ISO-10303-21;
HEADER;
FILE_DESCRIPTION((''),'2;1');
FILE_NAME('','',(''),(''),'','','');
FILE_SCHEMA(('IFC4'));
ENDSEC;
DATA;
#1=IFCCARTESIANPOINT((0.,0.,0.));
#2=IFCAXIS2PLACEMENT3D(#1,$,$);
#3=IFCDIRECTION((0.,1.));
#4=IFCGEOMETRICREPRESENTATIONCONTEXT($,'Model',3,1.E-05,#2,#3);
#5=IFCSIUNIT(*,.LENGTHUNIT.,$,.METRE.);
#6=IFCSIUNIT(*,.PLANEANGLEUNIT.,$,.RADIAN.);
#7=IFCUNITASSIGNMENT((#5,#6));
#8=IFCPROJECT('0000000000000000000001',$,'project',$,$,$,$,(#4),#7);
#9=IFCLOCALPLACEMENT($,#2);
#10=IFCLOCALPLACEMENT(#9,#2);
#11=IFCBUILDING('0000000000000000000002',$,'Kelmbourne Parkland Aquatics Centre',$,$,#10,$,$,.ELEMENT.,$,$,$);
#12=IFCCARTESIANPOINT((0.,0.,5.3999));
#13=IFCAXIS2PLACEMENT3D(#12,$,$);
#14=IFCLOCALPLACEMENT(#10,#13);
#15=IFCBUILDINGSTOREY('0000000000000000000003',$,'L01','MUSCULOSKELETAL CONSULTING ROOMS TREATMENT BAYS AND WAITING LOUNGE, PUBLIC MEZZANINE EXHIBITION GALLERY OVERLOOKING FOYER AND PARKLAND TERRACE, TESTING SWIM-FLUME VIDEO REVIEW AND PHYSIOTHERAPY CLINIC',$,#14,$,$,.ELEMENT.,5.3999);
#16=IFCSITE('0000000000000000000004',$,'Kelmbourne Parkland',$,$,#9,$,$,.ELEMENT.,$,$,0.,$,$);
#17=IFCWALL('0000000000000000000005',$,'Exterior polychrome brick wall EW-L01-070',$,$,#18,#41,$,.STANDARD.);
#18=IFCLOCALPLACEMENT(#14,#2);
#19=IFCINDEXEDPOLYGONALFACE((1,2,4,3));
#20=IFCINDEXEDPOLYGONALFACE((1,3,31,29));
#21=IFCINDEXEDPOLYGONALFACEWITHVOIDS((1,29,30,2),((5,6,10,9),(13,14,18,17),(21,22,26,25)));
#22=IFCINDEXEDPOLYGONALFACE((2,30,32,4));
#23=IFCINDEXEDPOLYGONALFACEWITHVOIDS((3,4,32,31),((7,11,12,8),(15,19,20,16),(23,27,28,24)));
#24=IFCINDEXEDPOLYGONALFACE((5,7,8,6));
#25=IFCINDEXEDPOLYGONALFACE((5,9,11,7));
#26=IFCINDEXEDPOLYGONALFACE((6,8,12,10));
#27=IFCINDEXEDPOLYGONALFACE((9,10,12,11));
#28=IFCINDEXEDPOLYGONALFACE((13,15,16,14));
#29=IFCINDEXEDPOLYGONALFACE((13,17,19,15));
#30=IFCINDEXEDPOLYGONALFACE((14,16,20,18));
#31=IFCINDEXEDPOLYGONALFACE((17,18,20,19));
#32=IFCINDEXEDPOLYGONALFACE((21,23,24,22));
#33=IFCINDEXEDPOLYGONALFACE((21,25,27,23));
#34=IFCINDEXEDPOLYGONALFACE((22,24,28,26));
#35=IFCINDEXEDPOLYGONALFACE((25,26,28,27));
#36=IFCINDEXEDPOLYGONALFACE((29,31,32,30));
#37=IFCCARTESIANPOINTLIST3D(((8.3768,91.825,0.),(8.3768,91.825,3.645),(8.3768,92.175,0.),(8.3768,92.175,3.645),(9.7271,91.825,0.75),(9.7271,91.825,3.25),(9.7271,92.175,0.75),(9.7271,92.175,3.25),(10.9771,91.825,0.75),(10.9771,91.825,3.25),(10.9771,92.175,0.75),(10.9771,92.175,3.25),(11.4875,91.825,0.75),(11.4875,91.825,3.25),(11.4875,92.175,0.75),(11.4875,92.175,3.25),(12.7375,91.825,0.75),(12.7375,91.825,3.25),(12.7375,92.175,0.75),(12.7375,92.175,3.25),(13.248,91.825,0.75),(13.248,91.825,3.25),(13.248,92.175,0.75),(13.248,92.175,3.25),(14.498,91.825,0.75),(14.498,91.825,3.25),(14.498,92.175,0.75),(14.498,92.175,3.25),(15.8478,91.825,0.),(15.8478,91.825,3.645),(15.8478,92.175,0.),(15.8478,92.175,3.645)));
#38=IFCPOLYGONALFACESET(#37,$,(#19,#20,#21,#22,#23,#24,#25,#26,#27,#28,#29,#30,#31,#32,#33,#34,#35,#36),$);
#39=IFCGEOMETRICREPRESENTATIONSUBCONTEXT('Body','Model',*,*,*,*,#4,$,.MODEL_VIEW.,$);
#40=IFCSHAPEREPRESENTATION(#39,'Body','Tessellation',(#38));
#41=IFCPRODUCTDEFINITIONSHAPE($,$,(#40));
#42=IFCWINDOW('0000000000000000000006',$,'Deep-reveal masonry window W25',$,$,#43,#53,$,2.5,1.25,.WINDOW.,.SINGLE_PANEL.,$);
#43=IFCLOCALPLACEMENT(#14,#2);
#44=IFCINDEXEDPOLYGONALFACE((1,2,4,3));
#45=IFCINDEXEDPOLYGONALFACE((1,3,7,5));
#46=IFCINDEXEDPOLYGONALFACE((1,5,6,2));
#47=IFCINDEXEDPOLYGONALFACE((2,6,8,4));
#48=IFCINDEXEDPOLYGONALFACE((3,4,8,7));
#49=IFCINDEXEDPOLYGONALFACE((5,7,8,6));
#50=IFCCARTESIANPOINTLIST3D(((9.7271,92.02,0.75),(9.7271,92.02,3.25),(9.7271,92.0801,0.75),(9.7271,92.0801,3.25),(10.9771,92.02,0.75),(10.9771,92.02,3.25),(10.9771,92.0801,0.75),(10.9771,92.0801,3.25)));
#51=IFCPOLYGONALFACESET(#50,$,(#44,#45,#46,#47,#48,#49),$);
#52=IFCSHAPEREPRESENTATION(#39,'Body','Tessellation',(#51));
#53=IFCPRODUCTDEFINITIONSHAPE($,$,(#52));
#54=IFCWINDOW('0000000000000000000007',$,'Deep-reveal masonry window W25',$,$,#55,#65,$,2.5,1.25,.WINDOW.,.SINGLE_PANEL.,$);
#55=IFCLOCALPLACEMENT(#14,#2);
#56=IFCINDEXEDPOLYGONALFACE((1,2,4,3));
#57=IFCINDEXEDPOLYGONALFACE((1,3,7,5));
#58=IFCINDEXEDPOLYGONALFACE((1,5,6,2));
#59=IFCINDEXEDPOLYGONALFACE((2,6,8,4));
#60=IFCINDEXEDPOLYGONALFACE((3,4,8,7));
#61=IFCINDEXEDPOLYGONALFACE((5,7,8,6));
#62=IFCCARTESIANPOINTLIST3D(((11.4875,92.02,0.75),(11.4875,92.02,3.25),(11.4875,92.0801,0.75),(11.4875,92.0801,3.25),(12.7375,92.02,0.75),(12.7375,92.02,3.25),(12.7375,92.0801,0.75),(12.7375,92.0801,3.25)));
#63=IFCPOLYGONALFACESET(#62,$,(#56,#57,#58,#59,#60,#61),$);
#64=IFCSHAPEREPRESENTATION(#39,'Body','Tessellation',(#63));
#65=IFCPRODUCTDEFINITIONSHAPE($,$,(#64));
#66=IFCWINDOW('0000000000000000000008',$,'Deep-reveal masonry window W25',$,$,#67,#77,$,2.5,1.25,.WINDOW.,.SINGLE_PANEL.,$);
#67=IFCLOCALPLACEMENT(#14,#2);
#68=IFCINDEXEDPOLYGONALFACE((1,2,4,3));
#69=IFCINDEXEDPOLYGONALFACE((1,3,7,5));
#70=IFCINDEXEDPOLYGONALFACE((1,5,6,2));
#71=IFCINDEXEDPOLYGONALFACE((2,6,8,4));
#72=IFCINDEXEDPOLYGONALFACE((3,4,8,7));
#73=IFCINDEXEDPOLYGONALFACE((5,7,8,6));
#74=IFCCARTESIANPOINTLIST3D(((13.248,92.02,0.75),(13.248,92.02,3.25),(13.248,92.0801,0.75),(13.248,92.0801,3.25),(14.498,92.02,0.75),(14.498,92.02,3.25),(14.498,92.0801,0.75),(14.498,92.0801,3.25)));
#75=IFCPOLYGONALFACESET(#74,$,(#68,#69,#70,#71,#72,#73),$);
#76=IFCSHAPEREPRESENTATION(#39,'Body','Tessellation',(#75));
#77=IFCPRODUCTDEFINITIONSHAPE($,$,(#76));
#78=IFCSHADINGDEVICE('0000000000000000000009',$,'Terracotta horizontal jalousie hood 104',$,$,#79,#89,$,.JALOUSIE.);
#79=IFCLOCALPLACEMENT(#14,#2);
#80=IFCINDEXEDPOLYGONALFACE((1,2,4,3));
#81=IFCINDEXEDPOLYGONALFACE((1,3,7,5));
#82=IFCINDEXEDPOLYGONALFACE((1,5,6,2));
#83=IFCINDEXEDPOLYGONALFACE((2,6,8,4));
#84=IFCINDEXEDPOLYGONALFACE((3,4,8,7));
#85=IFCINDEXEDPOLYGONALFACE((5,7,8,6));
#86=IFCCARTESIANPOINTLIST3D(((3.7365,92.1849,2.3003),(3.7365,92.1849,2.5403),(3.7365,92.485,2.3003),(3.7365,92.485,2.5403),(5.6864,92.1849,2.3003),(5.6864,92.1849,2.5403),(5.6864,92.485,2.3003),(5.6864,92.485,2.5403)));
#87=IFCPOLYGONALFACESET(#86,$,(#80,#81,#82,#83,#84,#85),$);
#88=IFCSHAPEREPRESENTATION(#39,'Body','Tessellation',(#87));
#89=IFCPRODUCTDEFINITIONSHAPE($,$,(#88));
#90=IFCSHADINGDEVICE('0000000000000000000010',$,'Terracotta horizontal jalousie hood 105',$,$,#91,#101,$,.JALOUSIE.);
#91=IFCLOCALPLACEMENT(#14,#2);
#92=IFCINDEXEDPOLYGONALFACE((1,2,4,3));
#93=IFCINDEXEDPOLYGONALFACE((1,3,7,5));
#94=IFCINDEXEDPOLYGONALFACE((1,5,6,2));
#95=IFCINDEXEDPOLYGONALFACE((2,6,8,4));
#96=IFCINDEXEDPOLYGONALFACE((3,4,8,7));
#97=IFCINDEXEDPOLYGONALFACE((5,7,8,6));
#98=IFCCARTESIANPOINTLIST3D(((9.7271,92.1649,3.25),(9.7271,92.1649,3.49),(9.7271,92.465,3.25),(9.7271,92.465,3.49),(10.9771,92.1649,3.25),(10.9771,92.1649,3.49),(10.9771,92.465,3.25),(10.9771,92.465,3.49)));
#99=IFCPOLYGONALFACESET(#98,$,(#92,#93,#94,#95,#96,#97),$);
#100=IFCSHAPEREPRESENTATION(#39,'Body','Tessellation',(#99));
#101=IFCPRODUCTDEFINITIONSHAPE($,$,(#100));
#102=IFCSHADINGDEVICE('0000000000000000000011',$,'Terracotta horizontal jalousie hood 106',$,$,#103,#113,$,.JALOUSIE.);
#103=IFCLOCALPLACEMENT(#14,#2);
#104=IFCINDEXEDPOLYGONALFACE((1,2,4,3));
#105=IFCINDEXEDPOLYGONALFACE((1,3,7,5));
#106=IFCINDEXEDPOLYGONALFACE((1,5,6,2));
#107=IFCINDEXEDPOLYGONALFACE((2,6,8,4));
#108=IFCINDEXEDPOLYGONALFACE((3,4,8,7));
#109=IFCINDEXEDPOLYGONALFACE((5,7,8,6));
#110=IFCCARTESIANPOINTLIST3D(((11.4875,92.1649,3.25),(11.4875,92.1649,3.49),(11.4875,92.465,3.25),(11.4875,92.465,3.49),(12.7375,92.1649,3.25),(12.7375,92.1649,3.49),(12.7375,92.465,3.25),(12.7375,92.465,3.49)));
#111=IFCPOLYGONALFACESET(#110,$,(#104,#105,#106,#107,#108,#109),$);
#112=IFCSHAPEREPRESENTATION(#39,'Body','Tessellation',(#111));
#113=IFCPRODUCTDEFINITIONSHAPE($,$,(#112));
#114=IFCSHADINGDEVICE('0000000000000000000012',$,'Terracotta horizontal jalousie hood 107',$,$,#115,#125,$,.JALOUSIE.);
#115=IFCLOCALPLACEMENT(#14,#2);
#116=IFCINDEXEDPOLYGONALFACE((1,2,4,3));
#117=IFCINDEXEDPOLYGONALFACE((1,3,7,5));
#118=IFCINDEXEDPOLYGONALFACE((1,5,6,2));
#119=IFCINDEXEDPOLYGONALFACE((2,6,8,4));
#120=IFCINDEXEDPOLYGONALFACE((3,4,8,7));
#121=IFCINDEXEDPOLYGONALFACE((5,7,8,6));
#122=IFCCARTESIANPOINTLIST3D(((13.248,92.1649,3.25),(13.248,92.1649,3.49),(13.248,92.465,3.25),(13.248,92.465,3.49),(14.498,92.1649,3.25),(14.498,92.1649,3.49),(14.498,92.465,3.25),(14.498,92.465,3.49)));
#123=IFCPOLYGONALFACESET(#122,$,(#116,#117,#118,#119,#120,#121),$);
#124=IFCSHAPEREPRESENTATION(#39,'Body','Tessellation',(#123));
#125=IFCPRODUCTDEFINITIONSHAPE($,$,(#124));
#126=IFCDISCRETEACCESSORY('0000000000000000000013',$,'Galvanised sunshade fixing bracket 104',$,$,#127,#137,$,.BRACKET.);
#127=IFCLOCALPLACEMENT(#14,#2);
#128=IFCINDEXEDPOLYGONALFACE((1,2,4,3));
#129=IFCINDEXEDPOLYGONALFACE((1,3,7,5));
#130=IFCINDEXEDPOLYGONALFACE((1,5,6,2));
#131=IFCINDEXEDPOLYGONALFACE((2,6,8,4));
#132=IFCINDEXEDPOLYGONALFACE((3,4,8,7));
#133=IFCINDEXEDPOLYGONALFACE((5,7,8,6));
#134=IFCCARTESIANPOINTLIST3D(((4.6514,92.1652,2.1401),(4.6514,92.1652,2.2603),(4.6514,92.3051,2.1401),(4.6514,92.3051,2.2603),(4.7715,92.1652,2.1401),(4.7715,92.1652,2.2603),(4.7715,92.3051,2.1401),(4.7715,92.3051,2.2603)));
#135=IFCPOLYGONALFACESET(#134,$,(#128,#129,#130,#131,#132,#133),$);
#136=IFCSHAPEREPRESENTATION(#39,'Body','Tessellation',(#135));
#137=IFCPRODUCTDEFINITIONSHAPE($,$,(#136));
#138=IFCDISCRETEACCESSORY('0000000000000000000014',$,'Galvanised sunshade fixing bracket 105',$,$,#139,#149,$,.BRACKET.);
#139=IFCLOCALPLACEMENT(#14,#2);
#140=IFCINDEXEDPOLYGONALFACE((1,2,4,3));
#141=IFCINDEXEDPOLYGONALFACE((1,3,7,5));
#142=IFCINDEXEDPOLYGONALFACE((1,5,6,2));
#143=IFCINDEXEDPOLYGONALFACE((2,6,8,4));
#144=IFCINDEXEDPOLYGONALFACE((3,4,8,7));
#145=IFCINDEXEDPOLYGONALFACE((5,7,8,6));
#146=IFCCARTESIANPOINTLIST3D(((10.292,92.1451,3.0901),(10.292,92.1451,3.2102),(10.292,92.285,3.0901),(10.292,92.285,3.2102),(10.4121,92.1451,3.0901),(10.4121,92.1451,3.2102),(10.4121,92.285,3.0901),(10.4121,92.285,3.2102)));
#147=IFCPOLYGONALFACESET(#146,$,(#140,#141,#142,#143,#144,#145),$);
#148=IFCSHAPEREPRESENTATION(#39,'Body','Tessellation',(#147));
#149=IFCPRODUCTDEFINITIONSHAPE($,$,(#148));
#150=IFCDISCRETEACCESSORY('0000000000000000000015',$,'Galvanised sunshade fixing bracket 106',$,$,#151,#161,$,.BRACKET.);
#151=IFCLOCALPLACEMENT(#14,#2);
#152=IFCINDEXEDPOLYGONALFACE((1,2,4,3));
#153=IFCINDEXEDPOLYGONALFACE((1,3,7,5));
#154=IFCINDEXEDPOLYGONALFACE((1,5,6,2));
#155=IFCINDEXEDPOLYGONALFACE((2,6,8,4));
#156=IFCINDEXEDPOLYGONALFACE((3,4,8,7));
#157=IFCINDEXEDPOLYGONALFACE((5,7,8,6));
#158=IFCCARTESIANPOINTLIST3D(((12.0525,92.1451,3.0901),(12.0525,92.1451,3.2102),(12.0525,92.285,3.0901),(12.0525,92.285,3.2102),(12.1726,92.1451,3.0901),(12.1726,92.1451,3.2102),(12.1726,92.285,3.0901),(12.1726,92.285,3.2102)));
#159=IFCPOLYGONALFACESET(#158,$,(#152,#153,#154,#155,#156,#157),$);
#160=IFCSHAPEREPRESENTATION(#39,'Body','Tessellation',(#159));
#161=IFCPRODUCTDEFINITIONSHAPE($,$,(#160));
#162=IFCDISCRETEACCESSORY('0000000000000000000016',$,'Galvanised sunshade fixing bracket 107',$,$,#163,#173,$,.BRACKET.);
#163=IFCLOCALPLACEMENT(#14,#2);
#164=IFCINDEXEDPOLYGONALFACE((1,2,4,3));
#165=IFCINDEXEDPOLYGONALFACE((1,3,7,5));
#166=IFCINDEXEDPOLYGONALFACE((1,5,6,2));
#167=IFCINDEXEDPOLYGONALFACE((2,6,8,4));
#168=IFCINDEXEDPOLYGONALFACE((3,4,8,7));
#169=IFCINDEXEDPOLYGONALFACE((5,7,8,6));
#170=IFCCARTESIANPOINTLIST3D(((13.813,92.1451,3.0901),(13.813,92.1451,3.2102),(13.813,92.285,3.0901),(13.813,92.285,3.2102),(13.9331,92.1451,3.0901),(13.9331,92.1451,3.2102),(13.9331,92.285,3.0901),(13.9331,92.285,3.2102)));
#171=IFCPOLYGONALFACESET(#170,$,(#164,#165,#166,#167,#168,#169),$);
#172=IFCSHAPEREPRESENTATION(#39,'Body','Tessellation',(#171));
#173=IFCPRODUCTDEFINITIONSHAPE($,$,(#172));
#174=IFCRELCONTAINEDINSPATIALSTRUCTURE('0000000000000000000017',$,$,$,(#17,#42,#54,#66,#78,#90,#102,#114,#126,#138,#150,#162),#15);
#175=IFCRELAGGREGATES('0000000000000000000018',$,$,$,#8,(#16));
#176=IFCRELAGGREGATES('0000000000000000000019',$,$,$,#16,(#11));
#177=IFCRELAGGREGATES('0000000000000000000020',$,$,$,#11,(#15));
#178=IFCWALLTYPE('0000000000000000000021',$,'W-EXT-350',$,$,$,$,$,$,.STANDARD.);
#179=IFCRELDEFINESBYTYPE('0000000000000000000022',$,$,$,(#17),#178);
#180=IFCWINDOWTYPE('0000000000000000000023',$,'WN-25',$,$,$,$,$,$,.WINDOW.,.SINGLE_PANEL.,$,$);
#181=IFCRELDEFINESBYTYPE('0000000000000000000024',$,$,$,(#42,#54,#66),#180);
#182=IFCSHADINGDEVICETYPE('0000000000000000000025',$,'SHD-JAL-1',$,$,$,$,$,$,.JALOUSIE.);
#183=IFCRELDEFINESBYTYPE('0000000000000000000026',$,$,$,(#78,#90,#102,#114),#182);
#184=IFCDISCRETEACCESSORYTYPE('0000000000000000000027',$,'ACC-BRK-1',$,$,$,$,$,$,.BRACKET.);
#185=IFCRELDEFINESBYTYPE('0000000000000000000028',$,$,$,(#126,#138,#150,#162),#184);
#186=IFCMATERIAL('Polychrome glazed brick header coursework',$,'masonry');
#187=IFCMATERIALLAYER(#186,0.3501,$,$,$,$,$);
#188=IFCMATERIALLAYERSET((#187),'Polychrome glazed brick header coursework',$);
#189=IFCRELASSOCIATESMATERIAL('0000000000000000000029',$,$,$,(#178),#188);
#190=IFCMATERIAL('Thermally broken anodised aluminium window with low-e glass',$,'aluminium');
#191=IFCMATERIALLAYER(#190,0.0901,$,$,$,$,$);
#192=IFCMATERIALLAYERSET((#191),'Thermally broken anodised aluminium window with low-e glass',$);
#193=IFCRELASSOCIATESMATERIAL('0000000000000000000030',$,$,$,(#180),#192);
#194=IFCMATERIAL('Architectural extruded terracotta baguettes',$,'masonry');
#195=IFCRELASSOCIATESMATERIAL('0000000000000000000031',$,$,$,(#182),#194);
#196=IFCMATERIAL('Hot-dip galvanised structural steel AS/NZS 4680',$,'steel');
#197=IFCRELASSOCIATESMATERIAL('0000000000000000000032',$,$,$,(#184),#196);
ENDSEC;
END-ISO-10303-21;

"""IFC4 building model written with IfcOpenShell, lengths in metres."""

from ifc_helpers import new_model, si_unit, direction, frame, frame_2d, origin, origin_2d, place, context, subcontext, project, spatial, rectangle, extrude, material, layer, layer_set, type_object, element, fill, save


model = new_model("IFC4")

# Units and contexts
model_context = context("Model", 3, precision=1e-05, world=origin(), true_north=direction((0.0, 1.0)))
body_context = subcontext(model_context, "Body", "Model", "MODEL_VIEW")
ifc_project = project(units=[si_unit("LENGTHUNIT", "METRE"), si_unit("PLANEANGLEUNIT", "RADIAN")], contexts=[model_context])

# Site, building, storey
site_placement = place(None, origin())
site = spatial("IfcSite", under=ifc_project, at=site_placement, Name="Kelmbourne Parkland", CompositionType="ELEMENT", RefElevation=0.0)
building_placement = place(site_placement, origin())
building = spatial("IfcBuilding", under=site, at=building_placement, Name="Kelmbourne Parkland Aquatics Centre", CompositionType="ELEMENT")
storey_placement = place(building_placement, frame((0.0, 0.0, 5.3999)))
storey = spatial("IfcBuildingStorey", under=building, at=storey_placement, Name="L01", Description="MUSCULOSKELETAL CONSULTING ROOMS TREATMENT BAYS AND WAITING LOUNGE, PUBLIC MEZZANINE EXHIBITION GALLERY OVERLOOKING FOYER AND PARKLAND TERRACE, TESTING SWIM-FLUME VIDEO REVIEW AND PHYSIOTHERAPY CLINIC", CompositionType="ELEMENT", Elevation=5.3999)

# Wall, openings, windows
ifc_material_1 = material(Name="Polychrome glazed brick header coursework", Category="masonry")
ifc_layer_1 = layer(ifc_material_1, 0.3501)
ifc_layer_set_1 = layer_set([ifc_layer_1], Name="Polychrome glazed brick header coursework")
wall_type = type_object("IfcWallType", Name="W-EXT-350", PredefinedType="STANDARD", material=ifc_layer_set_1)
wall_placement = place(storey_placement, frame((8.377, 92.0, 0.0), z_axis=(0.0, 0.0, 1.0), x_axis=(1.0, 0.0, 0.0)))
wall = element("IfcWall", 1, at=wall_placement, inside=storey, type_object=wall_type, Name="Exterior polychrome brick wall EW-L01-070", PredefinedType="STANDARD", context=body_context, shape_type="SweptSolid", body=[
    extrude(rectangle(XDim=7.4709, YDim=0.3501, at=frame_2d((3.7354, 0.0))), origin(), (0.0, 0.0, 1.0), 3.645),
])
opening_1_placement = place(wall_placement, frame((1.3501, 0.0, 0.75)))
opening_1 = element("IfcOpeningElement", 2, at=opening_1_placement, cuts=wall, PredefinedType="OPENING", context=body_context, shape_type="SweptSolid", body=[
    extrude(rectangle(XDim=1.25, YDim=2.5, at=frame_2d((0.625, 1.25))), frame((0.0, 0.187, 0.0), z_axis=(0.0, -1.0, 0.0), x_axis=(1.0, 0.0, 0.0)), (0.0, 0.0, 1.0), 0.374),
])
opening_2_placement = place(wall_placement, frame((3.1106, 0.0, 0.75)))
opening_2 = element("IfcOpeningElement", 3, at=opening_2_placement, cuts=wall, PredefinedType="OPENING", context=body_context, shape_type="SweptSolid", body=[
    extrude(rectangle(XDim=1.25, YDim=2.5, at=frame_2d((0.625, 1.25))), frame((0.0, 0.187, 0.0), z_axis=(0.0, -1.0, 0.0), x_axis=(1.0, 0.0, 0.0)), (0.0, 0.0, 1.0), 0.374),
])
opening_3_placement = place(wall_placement, frame((4.8711, 0.0, 0.75)))
opening_3 = element("IfcOpeningElement", 4, at=opening_3_placement, cuts=wall, PredefinedType="OPENING", context=body_context, shape_type="SweptSolid", body=[
    extrude(rectangle(XDim=1.25, YDim=2.5, at=frame_2d((0.625, 1.25))), frame((0.0, 0.187, 0.0), z_axis=(0.0, -1.0, 0.0), x_axis=(1.0, 0.0, 0.0)), (0.0, 0.0, 1.0), 0.374),
])
ifc_material_2 = material(Name="Thermally broken anodised aluminium window with low-e glass", Category="aluminium")
ifc_layer_2 = layer(ifc_material_2, 0.0901)
ifc_layer_set_2 = layer_set([ifc_layer_2], Name="Thermally broken anodised aluminium window with low-e glass")
window_type = type_object("IfcWindowType", Name="WN-25", PartitioningType="SINGLE_PANEL", PredefinedType="WINDOW", material=ifc_layer_set_2)
window_1_placement = place(opening_1_placement, origin())
window_1 = element("IfcWindow", 5, at=window_1_placement, inside=storey, type_object=window_type, Name="Deep-reveal masonry window W25", OverallHeight=2.5, OverallWidth=1.25, PartitioningType="SINGLE_PANEL", PredefinedType="WINDOW", context=body_context, shape_type="SweptSolid", body=[
    extrude(rectangle(XDim=1.25, YDim=2.5, at=frame_2d((0.625, 1.25))), frame((0.0, 0.0801, 0.0), z_axis=(0.0, -1.0, 0.0), x_axis=(1.0, 0.0, 0.0)), (0.0, 0.0, 1.0), 0.0601),
])
fill(opening_1, window_1)
window_2_placement = place(opening_2_placement, origin())
window_2 = element("IfcWindow", 6, at=window_2_placement, inside=storey, type_object=window_type, Name="Deep-reveal masonry window W25", OverallHeight=2.5, OverallWidth=1.25, PartitioningType="SINGLE_PANEL", PredefinedType="WINDOW", context=body_context, shape_type="SweptSolid", body=[
    extrude(rectangle(XDim=1.25, YDim=2.5, at=frame_2d((0.625, 1.25))), frame((0.0, 0.0801, 0.0), z_axis=(0.0, -1.0, 0.0), x_axis=(1.0, 0.0, 0.0)), (0.0, 0.0, 1.0), 0.0601),
])
fill(opening_2, window_2)
window_3_placement = place(opening_3_placement, origin())
window_3 = element("IfcWindow", 7, at=window_3_placement, inside=storey, type_object=window_type, Name="Deep-reveal masonry window W25", OverallHeight=2.5, OverallWidth=1.25, PartitioningType="SINGLE_PANEL", PredefinedType="WINDOW", context=body_context, shape_type="SweptSolid", body=[
    extrude(rectangle(XDim=1.25, YDim=2.5, at=frame_2d((0.625, 1.25))), frame((0.0, 0.0801, 0.0), z_axis=(0.0, -1.0, 0.0), x_axis=(1.0, 0.0, 0.0)), (0.0, 0.0, 1.0), 0.0601),
])
fill(opening_3, window_3)

# Shading devices
ifc_material_3 = material(Name="Architectural extruded terracotta baguettes", Category="masonry")
shading_device_type = type_object("IfcShadingDeviceType", Name="SHD-JAL-1", PredefinedType="JALOUSIE", material=ifc_material_3)
shading_device_placement = place(storey_placement, frame((4.7114, 92.335, 2.3003), z_axis=(0.0, 0.0, 1.0), x_axis=(1.0, 0.0, 0.0)))
element("IfcShadingDevice", 8, at=shading_device_placement, inside=storey, type_object=shading_device_type, Name="Terracotta horizontal jalousie hood 104", PredefinedType="JALOUSIE", context=body_context, shape_type="SweptSolid", body=[
    extrude(rectangle(XDim=1.95, YDim=0.3, at=origin_2d()), origin(), (0.0, 0.0, 1.0), 0.24),
])
for number, where, z_axis, x_axis, name in (
    (9, (10.3521, 92.3149, 3.25), (0.0, 0.0, 1.0), (1.0, 0.0, 0.0), "Terracotta horizontal jalousie hood 105"),
    (10, (12.1125, 92.3149, 3.25), (0.0, 0.0, 1.0), (1.0, 0.0, 0.0), "Terracotta horizontal jalousie hood 106"),
    (11, (13.873, 92.3149, 3.25), (0.0, 0.0, 1.0), (1.0, 0.0, 0.0), "Terracotta horizontal jalousie hood 107"),
):
    element("IfcShadingDevice", number, at=place(storey_placement, frame(where, z_axis=z_axis, x_axis=x_axis)), inside=storey, type_object=shading_device_type, Name=name, PredefinedType="JALOUSIE", context=body_context, shape_type="SweptSolid", body=[
        extrude(rectangle(XDim=1.25, YDim=0.3, at=origin_2d()), origin(), (0.0, 0.0, 1.0), 0.24),
    ])

# Discrete accessories
ifc_material_4 = material(Name="Hot-dip galvanised structural steel AS/NZS 4680", Category="steel")
discrete_accessory_type = type_object("IfcDiscreteAccessoryType", Name="ACC-BRK-1", PredefinedType="BRACKET", material=ifc_material_4)
for number, where, z_axis, x_axis, name in (
    (12, (4.7114, 92.2351, 2.1401), (0.0, 0.0, 1.0), (1.0, 0.0, 0.0), "Galvanised sunshade fixing bracket 104"),
    (13, (10.3521, 92.2151, 3.0901), (0.0, 0.0, 1.0), (1.0, 0.0, 0.0), "Galvanised sunshade fixing bracket 105"),
    (14, (12.1125, 92.2151, 3.0901), (0.0, 0.0, 1.0), (1.0, 0.0, 0.0), "Galvanised sunshade fixing bracket 106"),
    (15, (13.873, 92.2151, 3.0901), (0.0, 0.0, 1.0), (1.0, 0.0, 0.0), "Galvanised sunshade fixing bracket 107"),
):
    element("IfcDiscreteAccessory", number, at=place(storey_placement, frame(where, z_axis=z_axis, x_axis=x_axis)), inside=storey, type_object=discrete_accessory_type, Name=name, PredefinedType="BRACKET", context=body_context, shape_type="SweptSolid", body=[
        extrude(rectangle(XDim=0.1201, YDim=0.1399, at=origin_2d()), origin(), (0.0, 0.0, 1.0), 0.1201),
    ])

save(model, "model.ifc")
